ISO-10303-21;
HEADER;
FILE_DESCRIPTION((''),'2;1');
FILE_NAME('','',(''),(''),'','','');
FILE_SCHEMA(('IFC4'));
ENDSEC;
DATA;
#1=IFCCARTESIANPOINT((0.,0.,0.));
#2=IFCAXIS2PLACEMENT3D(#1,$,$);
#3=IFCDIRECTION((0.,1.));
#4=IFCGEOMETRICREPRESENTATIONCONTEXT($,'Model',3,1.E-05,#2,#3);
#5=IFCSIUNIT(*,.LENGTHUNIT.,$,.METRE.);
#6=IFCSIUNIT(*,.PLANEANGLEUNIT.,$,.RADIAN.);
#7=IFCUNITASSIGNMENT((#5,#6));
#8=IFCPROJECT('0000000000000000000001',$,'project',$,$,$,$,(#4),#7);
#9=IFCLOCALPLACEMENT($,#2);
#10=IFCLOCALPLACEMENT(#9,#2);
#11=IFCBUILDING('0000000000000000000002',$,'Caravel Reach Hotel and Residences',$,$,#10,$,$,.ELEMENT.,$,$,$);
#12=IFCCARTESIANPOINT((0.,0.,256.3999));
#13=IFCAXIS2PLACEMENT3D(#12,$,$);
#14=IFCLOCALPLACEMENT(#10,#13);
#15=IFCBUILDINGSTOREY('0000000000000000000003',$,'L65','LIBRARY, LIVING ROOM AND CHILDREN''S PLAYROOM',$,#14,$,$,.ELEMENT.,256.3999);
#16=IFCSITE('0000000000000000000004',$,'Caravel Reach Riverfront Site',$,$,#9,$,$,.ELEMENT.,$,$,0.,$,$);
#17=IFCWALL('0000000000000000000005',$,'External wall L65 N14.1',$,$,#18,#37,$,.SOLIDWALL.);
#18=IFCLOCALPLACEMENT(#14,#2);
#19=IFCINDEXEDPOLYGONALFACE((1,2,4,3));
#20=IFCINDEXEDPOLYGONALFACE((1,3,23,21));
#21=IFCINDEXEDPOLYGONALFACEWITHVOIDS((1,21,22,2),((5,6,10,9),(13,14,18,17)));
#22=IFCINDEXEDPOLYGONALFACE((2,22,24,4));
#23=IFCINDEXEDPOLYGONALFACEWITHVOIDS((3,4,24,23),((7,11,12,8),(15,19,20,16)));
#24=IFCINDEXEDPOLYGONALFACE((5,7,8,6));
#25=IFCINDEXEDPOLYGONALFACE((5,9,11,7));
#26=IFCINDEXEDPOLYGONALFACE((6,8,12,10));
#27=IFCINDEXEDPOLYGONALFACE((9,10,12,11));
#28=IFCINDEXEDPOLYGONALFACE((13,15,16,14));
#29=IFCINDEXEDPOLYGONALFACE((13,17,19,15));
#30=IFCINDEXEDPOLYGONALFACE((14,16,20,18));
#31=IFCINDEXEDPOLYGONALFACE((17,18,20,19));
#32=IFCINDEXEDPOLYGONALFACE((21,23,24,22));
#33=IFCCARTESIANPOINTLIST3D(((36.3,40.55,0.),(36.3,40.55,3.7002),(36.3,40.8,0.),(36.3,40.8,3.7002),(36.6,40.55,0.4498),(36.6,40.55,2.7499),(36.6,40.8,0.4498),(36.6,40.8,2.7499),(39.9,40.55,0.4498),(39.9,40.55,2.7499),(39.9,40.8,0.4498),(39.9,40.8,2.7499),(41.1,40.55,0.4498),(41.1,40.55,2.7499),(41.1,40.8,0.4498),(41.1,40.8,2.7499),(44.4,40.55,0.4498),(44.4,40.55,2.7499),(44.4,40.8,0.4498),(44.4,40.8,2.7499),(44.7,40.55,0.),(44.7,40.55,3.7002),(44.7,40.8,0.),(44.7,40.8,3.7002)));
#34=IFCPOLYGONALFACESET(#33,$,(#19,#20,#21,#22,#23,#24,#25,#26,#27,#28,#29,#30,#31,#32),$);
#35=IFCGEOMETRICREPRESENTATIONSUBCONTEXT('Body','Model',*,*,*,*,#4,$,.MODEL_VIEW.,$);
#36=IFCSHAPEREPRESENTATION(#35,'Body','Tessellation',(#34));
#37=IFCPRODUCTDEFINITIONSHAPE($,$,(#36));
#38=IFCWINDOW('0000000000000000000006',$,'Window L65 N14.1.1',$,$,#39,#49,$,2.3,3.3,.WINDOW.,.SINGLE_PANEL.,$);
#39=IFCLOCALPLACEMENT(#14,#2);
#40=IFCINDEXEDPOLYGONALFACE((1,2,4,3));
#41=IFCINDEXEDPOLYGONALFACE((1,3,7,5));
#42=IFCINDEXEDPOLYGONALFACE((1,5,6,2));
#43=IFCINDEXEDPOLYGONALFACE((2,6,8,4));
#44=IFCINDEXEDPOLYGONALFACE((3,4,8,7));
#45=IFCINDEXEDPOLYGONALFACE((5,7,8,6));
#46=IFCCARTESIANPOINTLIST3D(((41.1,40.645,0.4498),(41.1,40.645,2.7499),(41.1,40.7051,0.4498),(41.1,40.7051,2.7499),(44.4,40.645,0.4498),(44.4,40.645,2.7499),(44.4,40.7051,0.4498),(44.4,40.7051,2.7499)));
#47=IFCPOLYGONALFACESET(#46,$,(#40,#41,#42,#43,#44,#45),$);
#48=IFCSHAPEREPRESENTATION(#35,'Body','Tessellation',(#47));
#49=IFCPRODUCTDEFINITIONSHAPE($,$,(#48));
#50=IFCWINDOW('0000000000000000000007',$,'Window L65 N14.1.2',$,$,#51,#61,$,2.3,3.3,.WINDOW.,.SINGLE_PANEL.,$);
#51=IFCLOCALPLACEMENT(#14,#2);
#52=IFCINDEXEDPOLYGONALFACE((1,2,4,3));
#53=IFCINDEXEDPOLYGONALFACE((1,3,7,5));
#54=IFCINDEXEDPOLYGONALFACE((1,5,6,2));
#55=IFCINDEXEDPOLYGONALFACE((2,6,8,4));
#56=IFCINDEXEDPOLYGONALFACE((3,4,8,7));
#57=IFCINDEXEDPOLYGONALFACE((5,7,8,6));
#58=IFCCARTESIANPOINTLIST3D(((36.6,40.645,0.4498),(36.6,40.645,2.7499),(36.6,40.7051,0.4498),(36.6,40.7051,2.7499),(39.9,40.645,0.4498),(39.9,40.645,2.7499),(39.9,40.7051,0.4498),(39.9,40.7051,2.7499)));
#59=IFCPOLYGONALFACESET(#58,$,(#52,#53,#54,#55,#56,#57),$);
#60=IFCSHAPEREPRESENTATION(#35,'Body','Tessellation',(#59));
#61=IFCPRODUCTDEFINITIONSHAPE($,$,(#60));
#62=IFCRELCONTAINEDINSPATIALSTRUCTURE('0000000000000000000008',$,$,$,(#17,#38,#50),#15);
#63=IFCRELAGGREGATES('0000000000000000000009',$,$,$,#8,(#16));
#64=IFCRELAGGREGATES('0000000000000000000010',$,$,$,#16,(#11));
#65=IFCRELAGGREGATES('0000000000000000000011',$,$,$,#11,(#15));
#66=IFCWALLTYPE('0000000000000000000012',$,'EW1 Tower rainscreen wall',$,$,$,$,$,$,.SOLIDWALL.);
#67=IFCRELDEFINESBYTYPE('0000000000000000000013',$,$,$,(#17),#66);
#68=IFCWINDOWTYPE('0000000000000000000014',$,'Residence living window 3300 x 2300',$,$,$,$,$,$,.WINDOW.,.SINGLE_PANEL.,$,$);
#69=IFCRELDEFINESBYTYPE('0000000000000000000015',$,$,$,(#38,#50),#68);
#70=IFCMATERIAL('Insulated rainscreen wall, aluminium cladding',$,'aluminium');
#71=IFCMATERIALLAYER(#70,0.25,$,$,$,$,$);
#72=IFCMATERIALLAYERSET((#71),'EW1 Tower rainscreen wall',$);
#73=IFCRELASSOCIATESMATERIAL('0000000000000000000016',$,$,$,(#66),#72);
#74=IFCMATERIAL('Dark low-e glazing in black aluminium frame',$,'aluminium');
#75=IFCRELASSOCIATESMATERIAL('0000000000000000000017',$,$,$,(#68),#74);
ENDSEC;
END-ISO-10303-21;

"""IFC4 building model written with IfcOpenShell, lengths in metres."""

from ifc_helpers import new_model, si_unit, direction, frame, frame_2d, origin, place, context, subcontext, project, spatial, rectangle, extrude, material, layer, layer_set, type_object, element, fill, save


model = new_model("IFC4")

# Units and contexts
model_context = context("Model", 3, precision=1e-05, world=origin(), true_north=direction((0.0, 1.0)))
body_context = subcontext(model_context, "Body", "Model", "MODEL_VIEW")
ifc_project = project(units=[si_unit("LENGTHUNIT", "METRE"), si_unit("PLANEANGLEUNIT", "RADIAN")], contexts=[model_context])

# Site, building, storey
site_placement = place(None, origin())
site = spatial("IfcSite", under=ifc_project, at=site_placement, Name="Caravel Reach Riverfront Site", CompositionType="ELEMENT", RefElevation=0.0)
building_placement = place(site_placement, origin())
building = spatial("IfcBuilding", under=site, at=building_placement, Name="Caravel Reach Hotel and Residences", CompositionType="ELEMENT")
storey_placement = place(building_placement, frame((0.0, 0.0, 256.3999)))
storey = spatial("IfcBuildingStorey", under=building, at=storey_placement, Name="L65", Description="LIBRARY, LIVING ROOM AND CHILDREN'S PLAYROOM", CompositionType="ELEMENT", Elevation=256.3999)

# Shared definitions
ifc_material_1 = material(Name="Insulated rainscreen wall, aluminium cladding", Category="aluminium")
ifc_layer = layer(ifc_material_1, 0.25)
ifc_layer_set = layer_set([ifc_layer], Name="EW1 Tower rainscreen wall")
wall_type = type_object("IfcWallType", Name="EW1 Tower rainscreen wall", PredefinedType="SOLIDWALL", material=ifc_layer_set)

# Wall, openings, windows
wall_1_placement = place(storey_placement, frame((44.7, 40.675, 0.0), z_axis=(0.0, 0.0, 1.0), x_axis=(-1.0, 0.0, 0.0)))
wall_1 = element("IfcWall", 1, at=wall_1_placement, inside=storey, type_object=wall_type, Name="External wall L65 N14.1", PredefinedType="SOLIDWALL", context=body_context, shape_type="SweptSolid", body=[
    extrude(rectangle(XDim=8.3999, YDim=0.25, at=frame_2d((4.2, 0.0))), origin(), (0.0, 0.0, 1.0), 3.7002),
])
opening_1_placement = place(wall_1_placement, frame((0.3, 0.0, 0.45)))
opening_1 = element("IfcOpeningElement", 2, at=opening_1_placement, cuts=wall_1, PredefinedType="OPENING", context=body_context, shape_type="SweptSolid", body=[
    extrude(rectangle(XDim=3.3, YDim=2.3, at=frame_2d((1.6499, 1.1499))), frame((0.0, 0.135, 0.0), z_axis=(0.0, -1.0, 0.0), x_axis=(1.0, 0.0, 0.0)), (0.0, 0.0, 1.0), 0.27),
])
opening_2_placement = place(wall_1_placement, frame((4.8, 0.0, 0.45)))
opening_2 = element("IfcOpeningElement", 3, at=opening_2_placement, cuts=wall_1, PredefinedType="OPENING", context=body_context, shape_type="SweptSolid", body=[
    extrude(rectangle(XDim=3.3, YDim=2.3, at=frame_2d((1.6499, 1.1499))), frame((0.0, 0.135, 0.0), z_axis=(0.0, -1.0, 0.0), x_axis=(1.0, 0.0, 0.0)), (0.0, 0.0, 1.0), 0.27),
])
ifc_material_2 = material(Name="Dark low-e glazing in black aluminium frame", Category="aluminium")
window_type_1 = type_object("IfcWindowType", Name="Residence living window 3300 x 2300", PartitioningType="SINGLE_PANEL", PredefinedType="WINDOW", material=ifc_material_2)
window_1_placement = place(opening_1_placement, origin())
window_1 = element("IfcWindow", 4, at=window_1_placement, inside=storey, type_object=window_type_1, Name="Window L65 N14.1.1", OverallHeight=2.3, OverallWidth=3.3, PartitioningType="SINGLE_PANEL", PredefinedType="WINDOW", context=body_context, shape_type="SweptSolid", body=[
    extrude(rectangle(XDim=3.3, YDim=2.3, at=frame_2d((1.6499, 1.1499))), frame((0.0, 0.03, 0.0), z_axis=(0.0, -1.0, 0.0), x_axis=(1.0, 0.0, 0.0)), (0.0, 0.0, 1.0), 0.0601),
])
fill(opening_1, window_1)
window_2_placement = place(opening_2_placement, origin())
window_2 = element("IfcWindow", 5, at=window_2_placement, inside=storey, type_object=window_type_1, Name="Window L65 N14.1.2", OverallHeight=2.3, OverallWidth=3.3, PartitioningType="SINGLE_PANEL", PredefinedType="WINDOW", context=body_context, shape_type="SweptSolid", body=[
    extrude(rectangle(XDim=3.3, YDim=2.3, at=frame_2d((1.6499, 1.1499))), frame((0.0, 0.03, 0.0), z_axis=(0.0, -1.0, 0.0), x_axis=(1.0, 0.0, 0.0)), (0.0, 0.0, 1.0), 0.0601),
])
fill(opening_2, window_2)

save(model, "model.ifc")
